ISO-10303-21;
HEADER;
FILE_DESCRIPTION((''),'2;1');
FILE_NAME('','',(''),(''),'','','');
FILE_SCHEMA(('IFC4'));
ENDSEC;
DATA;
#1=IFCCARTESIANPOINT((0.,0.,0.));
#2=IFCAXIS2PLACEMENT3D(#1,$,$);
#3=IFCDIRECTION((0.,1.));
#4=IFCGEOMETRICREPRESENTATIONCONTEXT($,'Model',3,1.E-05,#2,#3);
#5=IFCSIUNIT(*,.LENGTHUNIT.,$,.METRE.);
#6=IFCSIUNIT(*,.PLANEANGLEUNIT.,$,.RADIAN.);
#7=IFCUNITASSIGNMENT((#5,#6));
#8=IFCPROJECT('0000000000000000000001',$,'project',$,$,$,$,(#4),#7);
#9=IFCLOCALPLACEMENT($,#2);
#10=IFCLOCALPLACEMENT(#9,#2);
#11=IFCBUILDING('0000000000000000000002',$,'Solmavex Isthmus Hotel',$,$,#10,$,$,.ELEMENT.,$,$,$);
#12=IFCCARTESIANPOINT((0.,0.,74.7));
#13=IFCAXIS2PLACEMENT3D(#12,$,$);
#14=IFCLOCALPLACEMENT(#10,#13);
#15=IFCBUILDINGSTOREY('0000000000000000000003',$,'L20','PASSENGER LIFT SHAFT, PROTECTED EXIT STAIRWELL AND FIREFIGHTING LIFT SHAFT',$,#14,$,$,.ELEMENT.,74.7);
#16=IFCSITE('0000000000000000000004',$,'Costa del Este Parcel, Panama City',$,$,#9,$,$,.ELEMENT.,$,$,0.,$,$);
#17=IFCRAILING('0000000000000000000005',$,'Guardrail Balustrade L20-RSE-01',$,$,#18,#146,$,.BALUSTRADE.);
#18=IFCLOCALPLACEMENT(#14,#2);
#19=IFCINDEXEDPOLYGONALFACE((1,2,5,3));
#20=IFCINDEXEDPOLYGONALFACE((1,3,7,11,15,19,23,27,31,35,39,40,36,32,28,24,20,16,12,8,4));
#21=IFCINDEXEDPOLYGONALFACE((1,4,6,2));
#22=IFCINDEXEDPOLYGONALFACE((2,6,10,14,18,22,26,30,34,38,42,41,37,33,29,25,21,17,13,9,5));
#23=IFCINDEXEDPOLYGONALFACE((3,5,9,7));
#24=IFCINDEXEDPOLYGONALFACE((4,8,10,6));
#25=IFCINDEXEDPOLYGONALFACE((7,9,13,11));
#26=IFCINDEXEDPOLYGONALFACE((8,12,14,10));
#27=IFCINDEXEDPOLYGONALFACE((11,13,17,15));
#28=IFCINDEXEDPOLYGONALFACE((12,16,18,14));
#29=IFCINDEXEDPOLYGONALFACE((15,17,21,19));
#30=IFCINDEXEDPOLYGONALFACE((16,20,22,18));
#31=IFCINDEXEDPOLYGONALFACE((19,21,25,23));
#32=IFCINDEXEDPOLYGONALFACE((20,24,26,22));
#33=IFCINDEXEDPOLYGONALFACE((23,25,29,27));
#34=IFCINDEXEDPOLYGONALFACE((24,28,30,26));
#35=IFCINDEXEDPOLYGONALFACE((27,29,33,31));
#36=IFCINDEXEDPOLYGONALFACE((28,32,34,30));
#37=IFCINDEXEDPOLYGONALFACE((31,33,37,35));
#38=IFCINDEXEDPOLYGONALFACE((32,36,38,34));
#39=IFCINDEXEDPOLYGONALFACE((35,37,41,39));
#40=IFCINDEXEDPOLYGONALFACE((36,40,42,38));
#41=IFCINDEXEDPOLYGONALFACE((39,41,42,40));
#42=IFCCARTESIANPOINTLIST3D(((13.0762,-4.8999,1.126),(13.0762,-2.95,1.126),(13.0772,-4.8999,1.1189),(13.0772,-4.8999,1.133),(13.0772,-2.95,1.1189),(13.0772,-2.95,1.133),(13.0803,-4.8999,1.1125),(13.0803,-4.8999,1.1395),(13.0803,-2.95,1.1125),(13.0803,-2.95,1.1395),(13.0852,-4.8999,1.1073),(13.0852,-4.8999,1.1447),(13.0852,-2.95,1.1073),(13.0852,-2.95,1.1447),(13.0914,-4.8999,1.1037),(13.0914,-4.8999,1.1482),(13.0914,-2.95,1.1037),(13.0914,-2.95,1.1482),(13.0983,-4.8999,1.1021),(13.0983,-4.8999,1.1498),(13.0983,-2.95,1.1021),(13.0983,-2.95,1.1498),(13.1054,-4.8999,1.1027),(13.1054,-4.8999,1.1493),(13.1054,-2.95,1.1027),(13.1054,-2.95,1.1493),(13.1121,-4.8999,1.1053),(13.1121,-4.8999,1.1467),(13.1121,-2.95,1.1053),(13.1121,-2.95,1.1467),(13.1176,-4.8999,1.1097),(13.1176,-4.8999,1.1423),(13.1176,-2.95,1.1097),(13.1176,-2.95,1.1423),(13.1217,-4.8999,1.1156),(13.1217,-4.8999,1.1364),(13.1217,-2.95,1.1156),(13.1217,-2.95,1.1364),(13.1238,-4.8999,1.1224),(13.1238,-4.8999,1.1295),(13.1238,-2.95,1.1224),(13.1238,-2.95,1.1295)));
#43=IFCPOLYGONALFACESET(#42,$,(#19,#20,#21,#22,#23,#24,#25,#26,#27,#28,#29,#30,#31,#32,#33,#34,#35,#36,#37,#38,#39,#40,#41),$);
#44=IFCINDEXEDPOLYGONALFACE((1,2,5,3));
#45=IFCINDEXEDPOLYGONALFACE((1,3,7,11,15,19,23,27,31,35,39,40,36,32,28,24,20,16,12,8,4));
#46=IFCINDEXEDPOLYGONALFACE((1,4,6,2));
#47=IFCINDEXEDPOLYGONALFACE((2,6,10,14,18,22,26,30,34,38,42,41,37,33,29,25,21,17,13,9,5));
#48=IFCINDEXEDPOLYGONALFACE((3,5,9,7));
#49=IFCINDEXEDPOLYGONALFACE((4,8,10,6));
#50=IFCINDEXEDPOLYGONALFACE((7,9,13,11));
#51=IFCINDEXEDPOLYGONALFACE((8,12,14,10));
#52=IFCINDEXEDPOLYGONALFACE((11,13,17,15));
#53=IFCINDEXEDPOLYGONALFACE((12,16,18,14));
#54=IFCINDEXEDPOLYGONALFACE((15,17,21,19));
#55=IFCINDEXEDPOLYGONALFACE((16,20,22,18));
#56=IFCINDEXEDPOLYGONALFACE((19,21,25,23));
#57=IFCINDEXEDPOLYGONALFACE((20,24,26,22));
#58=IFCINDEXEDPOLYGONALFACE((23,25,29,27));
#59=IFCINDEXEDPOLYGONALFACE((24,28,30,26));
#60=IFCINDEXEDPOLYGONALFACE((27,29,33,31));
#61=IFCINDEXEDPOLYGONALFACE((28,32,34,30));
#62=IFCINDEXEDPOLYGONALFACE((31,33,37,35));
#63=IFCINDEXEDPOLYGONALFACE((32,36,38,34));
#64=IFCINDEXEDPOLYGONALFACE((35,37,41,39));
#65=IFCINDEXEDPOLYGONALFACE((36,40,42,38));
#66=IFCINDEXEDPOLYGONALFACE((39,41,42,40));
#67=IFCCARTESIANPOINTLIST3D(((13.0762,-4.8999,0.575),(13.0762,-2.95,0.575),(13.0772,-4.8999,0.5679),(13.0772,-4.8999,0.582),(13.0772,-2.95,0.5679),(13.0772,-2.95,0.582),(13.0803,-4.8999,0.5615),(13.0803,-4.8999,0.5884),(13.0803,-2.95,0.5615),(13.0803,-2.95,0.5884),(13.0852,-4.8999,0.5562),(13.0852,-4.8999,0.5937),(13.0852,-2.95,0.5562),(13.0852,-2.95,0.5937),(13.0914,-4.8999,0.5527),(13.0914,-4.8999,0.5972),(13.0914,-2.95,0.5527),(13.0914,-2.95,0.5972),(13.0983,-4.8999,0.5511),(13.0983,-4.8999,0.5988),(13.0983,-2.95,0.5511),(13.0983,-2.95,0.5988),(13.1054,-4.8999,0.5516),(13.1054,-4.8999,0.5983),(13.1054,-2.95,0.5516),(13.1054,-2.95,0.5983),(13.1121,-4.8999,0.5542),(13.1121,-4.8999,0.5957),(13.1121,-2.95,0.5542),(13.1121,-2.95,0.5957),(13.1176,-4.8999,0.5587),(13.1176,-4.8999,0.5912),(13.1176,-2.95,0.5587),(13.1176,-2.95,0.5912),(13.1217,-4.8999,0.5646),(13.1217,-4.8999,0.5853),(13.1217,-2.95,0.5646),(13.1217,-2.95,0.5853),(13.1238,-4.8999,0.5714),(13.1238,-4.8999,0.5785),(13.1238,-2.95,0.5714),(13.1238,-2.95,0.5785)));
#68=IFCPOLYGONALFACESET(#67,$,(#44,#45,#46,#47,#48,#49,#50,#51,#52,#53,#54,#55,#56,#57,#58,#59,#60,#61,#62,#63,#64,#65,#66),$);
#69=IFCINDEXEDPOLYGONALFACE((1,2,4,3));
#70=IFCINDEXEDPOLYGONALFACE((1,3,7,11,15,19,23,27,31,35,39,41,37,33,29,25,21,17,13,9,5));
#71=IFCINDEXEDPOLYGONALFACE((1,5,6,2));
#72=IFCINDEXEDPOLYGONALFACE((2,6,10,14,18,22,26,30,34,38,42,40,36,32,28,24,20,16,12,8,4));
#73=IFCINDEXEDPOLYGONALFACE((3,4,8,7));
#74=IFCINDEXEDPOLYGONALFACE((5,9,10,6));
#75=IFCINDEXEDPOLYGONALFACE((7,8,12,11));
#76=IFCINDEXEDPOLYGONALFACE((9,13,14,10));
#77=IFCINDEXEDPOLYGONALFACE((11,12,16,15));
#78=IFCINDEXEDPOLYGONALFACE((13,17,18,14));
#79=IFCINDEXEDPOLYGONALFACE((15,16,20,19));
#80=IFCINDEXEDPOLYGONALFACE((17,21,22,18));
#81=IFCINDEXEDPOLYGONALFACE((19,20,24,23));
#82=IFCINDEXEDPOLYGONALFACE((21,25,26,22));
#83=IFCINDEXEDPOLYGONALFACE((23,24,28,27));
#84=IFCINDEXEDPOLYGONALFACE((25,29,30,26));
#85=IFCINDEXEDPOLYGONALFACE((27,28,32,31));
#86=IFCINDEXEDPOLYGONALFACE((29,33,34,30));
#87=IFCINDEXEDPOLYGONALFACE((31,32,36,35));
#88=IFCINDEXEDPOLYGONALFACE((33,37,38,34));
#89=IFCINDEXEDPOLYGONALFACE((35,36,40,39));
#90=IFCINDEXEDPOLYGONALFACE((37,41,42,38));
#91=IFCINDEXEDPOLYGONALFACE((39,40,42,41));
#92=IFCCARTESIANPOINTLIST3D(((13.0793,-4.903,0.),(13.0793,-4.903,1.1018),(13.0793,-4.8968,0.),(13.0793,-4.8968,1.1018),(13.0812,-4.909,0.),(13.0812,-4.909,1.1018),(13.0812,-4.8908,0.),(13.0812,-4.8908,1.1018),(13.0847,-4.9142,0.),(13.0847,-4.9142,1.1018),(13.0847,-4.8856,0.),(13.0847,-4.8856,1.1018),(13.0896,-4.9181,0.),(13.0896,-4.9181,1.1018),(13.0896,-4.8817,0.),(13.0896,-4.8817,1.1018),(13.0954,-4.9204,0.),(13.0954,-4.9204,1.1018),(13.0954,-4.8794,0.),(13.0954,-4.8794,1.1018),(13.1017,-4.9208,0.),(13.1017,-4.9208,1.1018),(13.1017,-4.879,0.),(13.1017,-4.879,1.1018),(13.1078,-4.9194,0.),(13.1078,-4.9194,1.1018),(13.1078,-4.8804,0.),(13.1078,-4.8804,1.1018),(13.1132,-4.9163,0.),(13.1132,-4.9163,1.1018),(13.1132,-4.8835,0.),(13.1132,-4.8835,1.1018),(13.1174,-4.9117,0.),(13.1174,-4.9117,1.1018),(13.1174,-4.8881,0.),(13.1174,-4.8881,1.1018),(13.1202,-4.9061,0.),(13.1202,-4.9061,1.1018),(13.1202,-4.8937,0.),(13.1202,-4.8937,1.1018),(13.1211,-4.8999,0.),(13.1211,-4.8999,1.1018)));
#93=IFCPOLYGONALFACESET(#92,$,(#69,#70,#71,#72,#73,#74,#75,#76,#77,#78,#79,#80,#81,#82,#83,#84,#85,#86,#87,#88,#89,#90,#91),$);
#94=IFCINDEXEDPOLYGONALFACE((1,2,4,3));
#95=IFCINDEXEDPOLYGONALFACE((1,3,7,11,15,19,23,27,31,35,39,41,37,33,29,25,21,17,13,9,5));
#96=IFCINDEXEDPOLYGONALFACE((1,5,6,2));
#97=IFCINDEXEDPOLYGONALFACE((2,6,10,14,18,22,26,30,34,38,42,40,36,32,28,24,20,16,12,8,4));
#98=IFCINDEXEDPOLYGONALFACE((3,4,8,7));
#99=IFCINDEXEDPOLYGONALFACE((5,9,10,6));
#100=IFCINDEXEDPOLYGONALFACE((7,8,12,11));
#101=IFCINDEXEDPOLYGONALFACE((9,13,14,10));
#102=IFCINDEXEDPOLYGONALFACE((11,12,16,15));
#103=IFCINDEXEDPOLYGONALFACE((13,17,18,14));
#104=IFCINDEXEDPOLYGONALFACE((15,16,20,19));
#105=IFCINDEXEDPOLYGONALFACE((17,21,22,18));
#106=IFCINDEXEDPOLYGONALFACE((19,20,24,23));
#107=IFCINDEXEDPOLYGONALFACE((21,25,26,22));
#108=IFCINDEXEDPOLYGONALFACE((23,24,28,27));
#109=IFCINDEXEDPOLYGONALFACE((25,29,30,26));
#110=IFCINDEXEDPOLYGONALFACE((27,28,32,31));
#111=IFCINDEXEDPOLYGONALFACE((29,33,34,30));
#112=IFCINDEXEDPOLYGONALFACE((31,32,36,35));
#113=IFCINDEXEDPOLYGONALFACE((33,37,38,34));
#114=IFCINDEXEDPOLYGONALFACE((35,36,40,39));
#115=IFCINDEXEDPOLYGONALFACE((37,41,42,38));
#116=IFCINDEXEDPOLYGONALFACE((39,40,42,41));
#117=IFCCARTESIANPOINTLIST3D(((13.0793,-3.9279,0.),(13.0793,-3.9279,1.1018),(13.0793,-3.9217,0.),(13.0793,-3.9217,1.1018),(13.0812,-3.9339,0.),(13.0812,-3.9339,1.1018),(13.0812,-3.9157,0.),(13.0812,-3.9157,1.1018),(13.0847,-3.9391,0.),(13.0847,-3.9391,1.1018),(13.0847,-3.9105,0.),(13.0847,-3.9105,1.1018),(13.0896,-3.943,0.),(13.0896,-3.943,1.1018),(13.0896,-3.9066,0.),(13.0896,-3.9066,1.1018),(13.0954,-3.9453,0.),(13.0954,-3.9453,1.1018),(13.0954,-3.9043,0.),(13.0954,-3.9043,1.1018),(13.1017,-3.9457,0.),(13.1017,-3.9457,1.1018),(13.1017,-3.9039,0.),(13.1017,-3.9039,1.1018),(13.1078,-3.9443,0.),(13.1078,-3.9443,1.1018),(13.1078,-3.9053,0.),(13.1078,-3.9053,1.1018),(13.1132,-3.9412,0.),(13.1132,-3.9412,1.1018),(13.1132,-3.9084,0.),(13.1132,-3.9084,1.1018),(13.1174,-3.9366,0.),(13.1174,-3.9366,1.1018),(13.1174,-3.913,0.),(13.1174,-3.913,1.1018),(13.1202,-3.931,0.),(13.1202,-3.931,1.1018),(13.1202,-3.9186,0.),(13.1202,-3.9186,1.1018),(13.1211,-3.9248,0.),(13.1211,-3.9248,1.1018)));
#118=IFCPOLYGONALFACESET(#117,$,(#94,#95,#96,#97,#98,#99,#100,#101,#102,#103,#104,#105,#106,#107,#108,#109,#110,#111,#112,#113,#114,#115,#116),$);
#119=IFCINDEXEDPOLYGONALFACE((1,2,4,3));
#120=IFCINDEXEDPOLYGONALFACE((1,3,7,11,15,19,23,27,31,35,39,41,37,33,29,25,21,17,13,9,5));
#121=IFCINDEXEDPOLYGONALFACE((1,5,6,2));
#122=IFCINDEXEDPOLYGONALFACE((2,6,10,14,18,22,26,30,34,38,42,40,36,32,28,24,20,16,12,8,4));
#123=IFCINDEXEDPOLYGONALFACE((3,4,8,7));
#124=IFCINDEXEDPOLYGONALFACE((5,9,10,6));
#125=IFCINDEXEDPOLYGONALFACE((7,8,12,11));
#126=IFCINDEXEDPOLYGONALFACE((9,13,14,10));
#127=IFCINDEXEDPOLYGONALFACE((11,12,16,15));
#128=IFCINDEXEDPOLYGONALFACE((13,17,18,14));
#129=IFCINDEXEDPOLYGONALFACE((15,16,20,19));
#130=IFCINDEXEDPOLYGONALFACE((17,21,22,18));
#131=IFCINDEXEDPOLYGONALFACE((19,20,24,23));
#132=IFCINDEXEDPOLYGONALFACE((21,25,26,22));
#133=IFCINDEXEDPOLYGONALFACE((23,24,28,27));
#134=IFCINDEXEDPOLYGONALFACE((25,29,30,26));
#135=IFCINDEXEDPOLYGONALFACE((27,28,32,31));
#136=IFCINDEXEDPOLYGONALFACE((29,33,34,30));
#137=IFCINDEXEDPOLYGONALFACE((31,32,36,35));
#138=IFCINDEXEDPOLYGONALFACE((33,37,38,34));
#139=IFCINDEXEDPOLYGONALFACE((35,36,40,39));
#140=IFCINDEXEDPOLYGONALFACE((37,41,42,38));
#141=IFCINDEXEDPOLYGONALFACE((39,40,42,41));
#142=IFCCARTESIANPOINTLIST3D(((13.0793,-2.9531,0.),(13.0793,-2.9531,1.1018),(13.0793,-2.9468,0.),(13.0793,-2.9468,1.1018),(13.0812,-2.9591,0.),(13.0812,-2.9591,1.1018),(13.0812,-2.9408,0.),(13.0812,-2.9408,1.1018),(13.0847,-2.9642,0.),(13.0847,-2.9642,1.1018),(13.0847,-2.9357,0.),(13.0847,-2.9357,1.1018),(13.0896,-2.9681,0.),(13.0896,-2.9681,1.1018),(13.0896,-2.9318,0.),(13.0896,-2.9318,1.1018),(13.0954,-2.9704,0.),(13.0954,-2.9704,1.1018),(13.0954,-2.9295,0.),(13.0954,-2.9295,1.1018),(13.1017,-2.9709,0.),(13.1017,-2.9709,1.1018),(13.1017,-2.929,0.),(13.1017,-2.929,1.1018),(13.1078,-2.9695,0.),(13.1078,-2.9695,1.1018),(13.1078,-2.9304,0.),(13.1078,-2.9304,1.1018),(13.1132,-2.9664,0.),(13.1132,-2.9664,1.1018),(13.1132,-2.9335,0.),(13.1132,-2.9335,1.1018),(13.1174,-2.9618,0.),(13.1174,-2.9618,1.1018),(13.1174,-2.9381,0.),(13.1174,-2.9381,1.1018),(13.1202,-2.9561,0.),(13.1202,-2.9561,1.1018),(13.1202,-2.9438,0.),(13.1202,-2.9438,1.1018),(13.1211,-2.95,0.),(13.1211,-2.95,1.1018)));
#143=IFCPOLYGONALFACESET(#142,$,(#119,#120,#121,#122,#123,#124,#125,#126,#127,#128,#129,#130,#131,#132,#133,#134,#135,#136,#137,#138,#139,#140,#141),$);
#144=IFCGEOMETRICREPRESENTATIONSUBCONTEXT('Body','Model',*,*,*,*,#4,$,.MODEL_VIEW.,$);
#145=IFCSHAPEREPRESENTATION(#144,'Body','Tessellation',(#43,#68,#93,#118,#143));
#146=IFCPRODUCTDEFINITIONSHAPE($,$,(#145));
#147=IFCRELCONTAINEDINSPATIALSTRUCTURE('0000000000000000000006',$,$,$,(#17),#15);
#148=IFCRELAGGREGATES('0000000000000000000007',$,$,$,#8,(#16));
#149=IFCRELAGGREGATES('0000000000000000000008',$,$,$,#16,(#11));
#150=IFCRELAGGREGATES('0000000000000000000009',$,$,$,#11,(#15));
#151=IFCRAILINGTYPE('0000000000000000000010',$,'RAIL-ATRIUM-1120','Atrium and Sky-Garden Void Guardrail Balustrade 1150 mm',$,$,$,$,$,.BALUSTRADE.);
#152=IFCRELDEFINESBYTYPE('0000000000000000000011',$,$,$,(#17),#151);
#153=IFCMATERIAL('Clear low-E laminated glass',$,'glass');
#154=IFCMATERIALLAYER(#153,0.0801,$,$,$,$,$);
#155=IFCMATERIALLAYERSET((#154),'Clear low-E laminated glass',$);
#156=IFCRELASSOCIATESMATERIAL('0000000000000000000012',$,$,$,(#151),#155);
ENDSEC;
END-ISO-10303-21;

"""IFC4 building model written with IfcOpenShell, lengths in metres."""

from ifc_helpers import new_model, si_unit, direction, frame, origin, origin_2d, place, context, subcontext, project, spatial, circle, extrude, material, layer, layer_set, type_object, element, save


model = new_model("IFC4")

# Units and contexts
model_context = context("Model", 3, precision=1e-05, world=origin(), true_north=direction((0.0, 1.0)))
body_context = subcontext(model_context, "Body", "Model", "MODEL_VIEW")
ifc_project = project(units=[si_unit("LENGTHUNIT", "METRE"), si_unit("PLANEANGLEUNIT", "RADIAN")], contexts=[model_context])

# Site, building, storey
site_placement = place(None, origin())
site = spatial("IfcSite", under=ifc_project, at=site_placement, Name="Costa del Este Parcel, Panama City", CompositionType="ELEMENT", RefElevation=0.0)
building_placement = place(site_placement, origin())
building = spatial("IfcBuilding", under=site, at=building_placement, Name="Solmavex Isthmus Hotel", CompositionType="ELEMENT")
storey_placement = place(building_placement, frame((0.0, 0.0, 74.7)))
storey = spatial("IfcBuildingStorey", under=building, at=storey_placement, Name="L20", Description="PASSENGER LIFT SHAFT, PROTECTED EXIT STAIRWELL AND FIREFIGHTING LIFT SHAFT", CompositionType="ELEMENT", Elevation=74.7)

# Railing
ifc_material_1 = material(Name="Clear low-E laminated glass", Category="glass")
ifc_layer_1 = layer(ifc_material_1, 0.0801)
ifc_layer_set_1 = layer_set([ifc_layer_1], Name="Clear low-E laminated glass")
railing_type_1 = type_object("IfcRailingType", Name="RAIL-ATRIUM-1120", Description="Atrium and Sky-Garden Void Guardrail Balustrade 1150 mm", PredefinedType="BALUSTRADE", material=ifc_layer_set_1)
railing_1_placement = place(storey_placement, frame((13.1001, -4.8999, 0.0)))
element("IfcRailing", 1, at=railing_1_placement, inside=storey, type_object=railing_type_1, Name="Guardrail Balustrade L20-RSE-01", PredefinedType="BALUSTRADE", context=body_context, shape_type="SweptSolid", body=[
    extrude(circle(Radius=0.0239, at=origin_2d()), frame((0.0, 0.0, 1.126), z_axis=(0.0, 1.0, 0.0), x_axis=(-1.0, 0.0, 0.0)), (0.0, 0.0, 1.0), 1.95),
    extrude(circle(Radius=0.0239, at=origin_2d()), frame((0.0, 0.0, 0.575), z_axis=(0.0, 1.0, 0.0), x_axis=(-1.0, 0.0, 0.0)), (0.0, 0.0, 1.0), 1.95),
    extrude(circle(Radius=0.021, at=origin_2d()), origin(), (0.0, 0.0, 1.0), 1.1018),
    extrude(circle(Radius=0.021, at=origin_2d()), frame((0.0, 0.9751, 0.0)), (0.0, 0.0, 1.0), 1.1018),
    extrude(circle(Radius=0.021, at=origin_2d()), frame((0.0, 1.95, 0.0)), (0.0, 0.0, 1.0), 1.1018),
])

save(model, "model.ifc")
